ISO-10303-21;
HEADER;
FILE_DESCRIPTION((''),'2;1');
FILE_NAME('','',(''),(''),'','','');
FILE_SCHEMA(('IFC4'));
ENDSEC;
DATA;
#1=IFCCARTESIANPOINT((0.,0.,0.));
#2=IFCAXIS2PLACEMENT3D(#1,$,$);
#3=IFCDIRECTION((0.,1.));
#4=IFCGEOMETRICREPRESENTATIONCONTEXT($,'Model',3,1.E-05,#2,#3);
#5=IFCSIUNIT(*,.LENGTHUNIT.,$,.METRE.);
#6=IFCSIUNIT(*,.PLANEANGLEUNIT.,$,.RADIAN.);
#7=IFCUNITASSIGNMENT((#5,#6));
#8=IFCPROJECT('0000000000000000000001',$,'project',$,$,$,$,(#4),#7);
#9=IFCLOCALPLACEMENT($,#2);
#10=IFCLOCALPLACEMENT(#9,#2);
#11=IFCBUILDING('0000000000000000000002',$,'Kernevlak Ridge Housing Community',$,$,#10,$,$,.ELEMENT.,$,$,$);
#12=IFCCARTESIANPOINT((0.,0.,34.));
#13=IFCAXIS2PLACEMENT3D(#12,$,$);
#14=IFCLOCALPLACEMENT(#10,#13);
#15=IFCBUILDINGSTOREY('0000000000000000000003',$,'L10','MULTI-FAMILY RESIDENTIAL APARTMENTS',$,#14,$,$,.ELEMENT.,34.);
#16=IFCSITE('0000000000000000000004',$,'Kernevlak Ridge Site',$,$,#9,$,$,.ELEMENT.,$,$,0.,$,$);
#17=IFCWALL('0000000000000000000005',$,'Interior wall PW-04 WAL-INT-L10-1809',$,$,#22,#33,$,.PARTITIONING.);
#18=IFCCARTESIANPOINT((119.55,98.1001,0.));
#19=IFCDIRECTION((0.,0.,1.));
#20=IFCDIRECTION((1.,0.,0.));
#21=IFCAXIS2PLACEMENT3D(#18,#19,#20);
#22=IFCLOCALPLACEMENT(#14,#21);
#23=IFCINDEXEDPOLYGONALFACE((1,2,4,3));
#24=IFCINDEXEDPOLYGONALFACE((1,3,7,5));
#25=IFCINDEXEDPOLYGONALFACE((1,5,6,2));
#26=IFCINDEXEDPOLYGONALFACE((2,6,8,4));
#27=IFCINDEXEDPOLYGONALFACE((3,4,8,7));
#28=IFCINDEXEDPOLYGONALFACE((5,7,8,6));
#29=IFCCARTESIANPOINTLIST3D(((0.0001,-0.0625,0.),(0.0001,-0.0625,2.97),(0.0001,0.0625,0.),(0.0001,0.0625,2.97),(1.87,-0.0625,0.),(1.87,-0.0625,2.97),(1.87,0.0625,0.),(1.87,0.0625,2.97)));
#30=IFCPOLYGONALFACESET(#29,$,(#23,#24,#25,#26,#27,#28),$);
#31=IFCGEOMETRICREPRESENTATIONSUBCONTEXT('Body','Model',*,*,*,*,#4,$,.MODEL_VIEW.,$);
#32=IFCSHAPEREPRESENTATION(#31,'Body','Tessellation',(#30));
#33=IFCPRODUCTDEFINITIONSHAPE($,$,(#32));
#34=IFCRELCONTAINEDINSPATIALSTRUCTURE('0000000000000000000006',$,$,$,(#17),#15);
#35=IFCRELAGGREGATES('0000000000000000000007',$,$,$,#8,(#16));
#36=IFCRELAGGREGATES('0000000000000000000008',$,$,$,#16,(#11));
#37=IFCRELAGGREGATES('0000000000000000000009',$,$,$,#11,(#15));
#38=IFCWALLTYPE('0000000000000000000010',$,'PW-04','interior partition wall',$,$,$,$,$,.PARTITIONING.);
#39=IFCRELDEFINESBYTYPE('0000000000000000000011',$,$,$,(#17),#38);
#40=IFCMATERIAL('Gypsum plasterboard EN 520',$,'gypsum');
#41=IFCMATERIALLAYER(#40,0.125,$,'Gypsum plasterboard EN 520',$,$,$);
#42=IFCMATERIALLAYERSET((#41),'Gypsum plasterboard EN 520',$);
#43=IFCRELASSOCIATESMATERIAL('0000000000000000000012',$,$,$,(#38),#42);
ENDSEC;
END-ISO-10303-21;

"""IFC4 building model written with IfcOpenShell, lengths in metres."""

from ifc_helpers import new_model, si_unit, direction, frame, frame_2d, origin, place, context, subcontext, project, spatial, rectangle, extrude, material, layer, layer_set, type_object, element, save


model = new_model("IFC4")

# Units and contexts
model_context = context("Model", 3, precision=1e-05, world=origin(), true_north=direction((0.0, 1.0)))
body_context = subcontext(model_context, "Body", "Model", "MODEL_VIEW")
ifc_project = project(units=[si_unit("LENGTHUNIT", "METRE"), si_unit("PLANEANGLEUNIT", "RADIAN")], contexts=[model_context])

# Site, building, storey
site_placement = place(None, origin())
site = spatial("IfcSite", under=ifc_project, at=site_placement, Name="Kernevlak Ridge Site", CompositionType="ELEMENT", RefElevation=0.0)
building_placement = place(site_placement, origin())
building = spatial("IfcBuilding", under=site, at=building_placement, Name="Kernevlak Ridge Housing Community", CompositionType="ELEMENT")
storey_placement = place(building_placement, frame((0.0, 0.0, 34.0)))
storey = spatial("IfcBuildingStorey", under=building, at=storey_placement, Name="L10", Description="MULTI-FAMILY RESIDENTIAL APARTMENTS", CompositionType="ELEMENT", Elevation=34.0)

# Shared definitions
ifc_material_1 = material(Name="Gypsum plasterboard EN 520", Category="gypsum")
ifc_layer_1 = layer(ifc_material_1, 0.125, Name="Gypsum plasterboard EN 520")
ifc_layer_set_1 = layer_set([ifc_layer_1], Name="Gypsum plasterboard EN 520")
wall_type_1 = type_object("IfcWallType", Name="PW-04", Description="interior partition wall", PredefinedType="PARTITIONING", material=ifc_layer_set_1)

# Wall
wall_1_placement = place(storey_placement, frame((119.55, 98.1001, 0.0), z_axis=(0.0, 0.0, 1.0), x_axis=(1.0, 0.0, 0.0)))
element("IfcWall", 1, at=wall_1_placement, inside=storey, type_object=wall_type_1, Name="Interior wall PW-04 WAL-INT-L10-1809", PredefinedType="PARTITIONING", context=body_context, shape_type="SweptSolid", body=[
    extrude(rectangle(XDim=1.8699, YDim=0.125, at=frame_2d((0.9351, 0.0))), origin(), (0.0, 0.0, 1.0), 2.97),
])

save(model, "model.ifc")
